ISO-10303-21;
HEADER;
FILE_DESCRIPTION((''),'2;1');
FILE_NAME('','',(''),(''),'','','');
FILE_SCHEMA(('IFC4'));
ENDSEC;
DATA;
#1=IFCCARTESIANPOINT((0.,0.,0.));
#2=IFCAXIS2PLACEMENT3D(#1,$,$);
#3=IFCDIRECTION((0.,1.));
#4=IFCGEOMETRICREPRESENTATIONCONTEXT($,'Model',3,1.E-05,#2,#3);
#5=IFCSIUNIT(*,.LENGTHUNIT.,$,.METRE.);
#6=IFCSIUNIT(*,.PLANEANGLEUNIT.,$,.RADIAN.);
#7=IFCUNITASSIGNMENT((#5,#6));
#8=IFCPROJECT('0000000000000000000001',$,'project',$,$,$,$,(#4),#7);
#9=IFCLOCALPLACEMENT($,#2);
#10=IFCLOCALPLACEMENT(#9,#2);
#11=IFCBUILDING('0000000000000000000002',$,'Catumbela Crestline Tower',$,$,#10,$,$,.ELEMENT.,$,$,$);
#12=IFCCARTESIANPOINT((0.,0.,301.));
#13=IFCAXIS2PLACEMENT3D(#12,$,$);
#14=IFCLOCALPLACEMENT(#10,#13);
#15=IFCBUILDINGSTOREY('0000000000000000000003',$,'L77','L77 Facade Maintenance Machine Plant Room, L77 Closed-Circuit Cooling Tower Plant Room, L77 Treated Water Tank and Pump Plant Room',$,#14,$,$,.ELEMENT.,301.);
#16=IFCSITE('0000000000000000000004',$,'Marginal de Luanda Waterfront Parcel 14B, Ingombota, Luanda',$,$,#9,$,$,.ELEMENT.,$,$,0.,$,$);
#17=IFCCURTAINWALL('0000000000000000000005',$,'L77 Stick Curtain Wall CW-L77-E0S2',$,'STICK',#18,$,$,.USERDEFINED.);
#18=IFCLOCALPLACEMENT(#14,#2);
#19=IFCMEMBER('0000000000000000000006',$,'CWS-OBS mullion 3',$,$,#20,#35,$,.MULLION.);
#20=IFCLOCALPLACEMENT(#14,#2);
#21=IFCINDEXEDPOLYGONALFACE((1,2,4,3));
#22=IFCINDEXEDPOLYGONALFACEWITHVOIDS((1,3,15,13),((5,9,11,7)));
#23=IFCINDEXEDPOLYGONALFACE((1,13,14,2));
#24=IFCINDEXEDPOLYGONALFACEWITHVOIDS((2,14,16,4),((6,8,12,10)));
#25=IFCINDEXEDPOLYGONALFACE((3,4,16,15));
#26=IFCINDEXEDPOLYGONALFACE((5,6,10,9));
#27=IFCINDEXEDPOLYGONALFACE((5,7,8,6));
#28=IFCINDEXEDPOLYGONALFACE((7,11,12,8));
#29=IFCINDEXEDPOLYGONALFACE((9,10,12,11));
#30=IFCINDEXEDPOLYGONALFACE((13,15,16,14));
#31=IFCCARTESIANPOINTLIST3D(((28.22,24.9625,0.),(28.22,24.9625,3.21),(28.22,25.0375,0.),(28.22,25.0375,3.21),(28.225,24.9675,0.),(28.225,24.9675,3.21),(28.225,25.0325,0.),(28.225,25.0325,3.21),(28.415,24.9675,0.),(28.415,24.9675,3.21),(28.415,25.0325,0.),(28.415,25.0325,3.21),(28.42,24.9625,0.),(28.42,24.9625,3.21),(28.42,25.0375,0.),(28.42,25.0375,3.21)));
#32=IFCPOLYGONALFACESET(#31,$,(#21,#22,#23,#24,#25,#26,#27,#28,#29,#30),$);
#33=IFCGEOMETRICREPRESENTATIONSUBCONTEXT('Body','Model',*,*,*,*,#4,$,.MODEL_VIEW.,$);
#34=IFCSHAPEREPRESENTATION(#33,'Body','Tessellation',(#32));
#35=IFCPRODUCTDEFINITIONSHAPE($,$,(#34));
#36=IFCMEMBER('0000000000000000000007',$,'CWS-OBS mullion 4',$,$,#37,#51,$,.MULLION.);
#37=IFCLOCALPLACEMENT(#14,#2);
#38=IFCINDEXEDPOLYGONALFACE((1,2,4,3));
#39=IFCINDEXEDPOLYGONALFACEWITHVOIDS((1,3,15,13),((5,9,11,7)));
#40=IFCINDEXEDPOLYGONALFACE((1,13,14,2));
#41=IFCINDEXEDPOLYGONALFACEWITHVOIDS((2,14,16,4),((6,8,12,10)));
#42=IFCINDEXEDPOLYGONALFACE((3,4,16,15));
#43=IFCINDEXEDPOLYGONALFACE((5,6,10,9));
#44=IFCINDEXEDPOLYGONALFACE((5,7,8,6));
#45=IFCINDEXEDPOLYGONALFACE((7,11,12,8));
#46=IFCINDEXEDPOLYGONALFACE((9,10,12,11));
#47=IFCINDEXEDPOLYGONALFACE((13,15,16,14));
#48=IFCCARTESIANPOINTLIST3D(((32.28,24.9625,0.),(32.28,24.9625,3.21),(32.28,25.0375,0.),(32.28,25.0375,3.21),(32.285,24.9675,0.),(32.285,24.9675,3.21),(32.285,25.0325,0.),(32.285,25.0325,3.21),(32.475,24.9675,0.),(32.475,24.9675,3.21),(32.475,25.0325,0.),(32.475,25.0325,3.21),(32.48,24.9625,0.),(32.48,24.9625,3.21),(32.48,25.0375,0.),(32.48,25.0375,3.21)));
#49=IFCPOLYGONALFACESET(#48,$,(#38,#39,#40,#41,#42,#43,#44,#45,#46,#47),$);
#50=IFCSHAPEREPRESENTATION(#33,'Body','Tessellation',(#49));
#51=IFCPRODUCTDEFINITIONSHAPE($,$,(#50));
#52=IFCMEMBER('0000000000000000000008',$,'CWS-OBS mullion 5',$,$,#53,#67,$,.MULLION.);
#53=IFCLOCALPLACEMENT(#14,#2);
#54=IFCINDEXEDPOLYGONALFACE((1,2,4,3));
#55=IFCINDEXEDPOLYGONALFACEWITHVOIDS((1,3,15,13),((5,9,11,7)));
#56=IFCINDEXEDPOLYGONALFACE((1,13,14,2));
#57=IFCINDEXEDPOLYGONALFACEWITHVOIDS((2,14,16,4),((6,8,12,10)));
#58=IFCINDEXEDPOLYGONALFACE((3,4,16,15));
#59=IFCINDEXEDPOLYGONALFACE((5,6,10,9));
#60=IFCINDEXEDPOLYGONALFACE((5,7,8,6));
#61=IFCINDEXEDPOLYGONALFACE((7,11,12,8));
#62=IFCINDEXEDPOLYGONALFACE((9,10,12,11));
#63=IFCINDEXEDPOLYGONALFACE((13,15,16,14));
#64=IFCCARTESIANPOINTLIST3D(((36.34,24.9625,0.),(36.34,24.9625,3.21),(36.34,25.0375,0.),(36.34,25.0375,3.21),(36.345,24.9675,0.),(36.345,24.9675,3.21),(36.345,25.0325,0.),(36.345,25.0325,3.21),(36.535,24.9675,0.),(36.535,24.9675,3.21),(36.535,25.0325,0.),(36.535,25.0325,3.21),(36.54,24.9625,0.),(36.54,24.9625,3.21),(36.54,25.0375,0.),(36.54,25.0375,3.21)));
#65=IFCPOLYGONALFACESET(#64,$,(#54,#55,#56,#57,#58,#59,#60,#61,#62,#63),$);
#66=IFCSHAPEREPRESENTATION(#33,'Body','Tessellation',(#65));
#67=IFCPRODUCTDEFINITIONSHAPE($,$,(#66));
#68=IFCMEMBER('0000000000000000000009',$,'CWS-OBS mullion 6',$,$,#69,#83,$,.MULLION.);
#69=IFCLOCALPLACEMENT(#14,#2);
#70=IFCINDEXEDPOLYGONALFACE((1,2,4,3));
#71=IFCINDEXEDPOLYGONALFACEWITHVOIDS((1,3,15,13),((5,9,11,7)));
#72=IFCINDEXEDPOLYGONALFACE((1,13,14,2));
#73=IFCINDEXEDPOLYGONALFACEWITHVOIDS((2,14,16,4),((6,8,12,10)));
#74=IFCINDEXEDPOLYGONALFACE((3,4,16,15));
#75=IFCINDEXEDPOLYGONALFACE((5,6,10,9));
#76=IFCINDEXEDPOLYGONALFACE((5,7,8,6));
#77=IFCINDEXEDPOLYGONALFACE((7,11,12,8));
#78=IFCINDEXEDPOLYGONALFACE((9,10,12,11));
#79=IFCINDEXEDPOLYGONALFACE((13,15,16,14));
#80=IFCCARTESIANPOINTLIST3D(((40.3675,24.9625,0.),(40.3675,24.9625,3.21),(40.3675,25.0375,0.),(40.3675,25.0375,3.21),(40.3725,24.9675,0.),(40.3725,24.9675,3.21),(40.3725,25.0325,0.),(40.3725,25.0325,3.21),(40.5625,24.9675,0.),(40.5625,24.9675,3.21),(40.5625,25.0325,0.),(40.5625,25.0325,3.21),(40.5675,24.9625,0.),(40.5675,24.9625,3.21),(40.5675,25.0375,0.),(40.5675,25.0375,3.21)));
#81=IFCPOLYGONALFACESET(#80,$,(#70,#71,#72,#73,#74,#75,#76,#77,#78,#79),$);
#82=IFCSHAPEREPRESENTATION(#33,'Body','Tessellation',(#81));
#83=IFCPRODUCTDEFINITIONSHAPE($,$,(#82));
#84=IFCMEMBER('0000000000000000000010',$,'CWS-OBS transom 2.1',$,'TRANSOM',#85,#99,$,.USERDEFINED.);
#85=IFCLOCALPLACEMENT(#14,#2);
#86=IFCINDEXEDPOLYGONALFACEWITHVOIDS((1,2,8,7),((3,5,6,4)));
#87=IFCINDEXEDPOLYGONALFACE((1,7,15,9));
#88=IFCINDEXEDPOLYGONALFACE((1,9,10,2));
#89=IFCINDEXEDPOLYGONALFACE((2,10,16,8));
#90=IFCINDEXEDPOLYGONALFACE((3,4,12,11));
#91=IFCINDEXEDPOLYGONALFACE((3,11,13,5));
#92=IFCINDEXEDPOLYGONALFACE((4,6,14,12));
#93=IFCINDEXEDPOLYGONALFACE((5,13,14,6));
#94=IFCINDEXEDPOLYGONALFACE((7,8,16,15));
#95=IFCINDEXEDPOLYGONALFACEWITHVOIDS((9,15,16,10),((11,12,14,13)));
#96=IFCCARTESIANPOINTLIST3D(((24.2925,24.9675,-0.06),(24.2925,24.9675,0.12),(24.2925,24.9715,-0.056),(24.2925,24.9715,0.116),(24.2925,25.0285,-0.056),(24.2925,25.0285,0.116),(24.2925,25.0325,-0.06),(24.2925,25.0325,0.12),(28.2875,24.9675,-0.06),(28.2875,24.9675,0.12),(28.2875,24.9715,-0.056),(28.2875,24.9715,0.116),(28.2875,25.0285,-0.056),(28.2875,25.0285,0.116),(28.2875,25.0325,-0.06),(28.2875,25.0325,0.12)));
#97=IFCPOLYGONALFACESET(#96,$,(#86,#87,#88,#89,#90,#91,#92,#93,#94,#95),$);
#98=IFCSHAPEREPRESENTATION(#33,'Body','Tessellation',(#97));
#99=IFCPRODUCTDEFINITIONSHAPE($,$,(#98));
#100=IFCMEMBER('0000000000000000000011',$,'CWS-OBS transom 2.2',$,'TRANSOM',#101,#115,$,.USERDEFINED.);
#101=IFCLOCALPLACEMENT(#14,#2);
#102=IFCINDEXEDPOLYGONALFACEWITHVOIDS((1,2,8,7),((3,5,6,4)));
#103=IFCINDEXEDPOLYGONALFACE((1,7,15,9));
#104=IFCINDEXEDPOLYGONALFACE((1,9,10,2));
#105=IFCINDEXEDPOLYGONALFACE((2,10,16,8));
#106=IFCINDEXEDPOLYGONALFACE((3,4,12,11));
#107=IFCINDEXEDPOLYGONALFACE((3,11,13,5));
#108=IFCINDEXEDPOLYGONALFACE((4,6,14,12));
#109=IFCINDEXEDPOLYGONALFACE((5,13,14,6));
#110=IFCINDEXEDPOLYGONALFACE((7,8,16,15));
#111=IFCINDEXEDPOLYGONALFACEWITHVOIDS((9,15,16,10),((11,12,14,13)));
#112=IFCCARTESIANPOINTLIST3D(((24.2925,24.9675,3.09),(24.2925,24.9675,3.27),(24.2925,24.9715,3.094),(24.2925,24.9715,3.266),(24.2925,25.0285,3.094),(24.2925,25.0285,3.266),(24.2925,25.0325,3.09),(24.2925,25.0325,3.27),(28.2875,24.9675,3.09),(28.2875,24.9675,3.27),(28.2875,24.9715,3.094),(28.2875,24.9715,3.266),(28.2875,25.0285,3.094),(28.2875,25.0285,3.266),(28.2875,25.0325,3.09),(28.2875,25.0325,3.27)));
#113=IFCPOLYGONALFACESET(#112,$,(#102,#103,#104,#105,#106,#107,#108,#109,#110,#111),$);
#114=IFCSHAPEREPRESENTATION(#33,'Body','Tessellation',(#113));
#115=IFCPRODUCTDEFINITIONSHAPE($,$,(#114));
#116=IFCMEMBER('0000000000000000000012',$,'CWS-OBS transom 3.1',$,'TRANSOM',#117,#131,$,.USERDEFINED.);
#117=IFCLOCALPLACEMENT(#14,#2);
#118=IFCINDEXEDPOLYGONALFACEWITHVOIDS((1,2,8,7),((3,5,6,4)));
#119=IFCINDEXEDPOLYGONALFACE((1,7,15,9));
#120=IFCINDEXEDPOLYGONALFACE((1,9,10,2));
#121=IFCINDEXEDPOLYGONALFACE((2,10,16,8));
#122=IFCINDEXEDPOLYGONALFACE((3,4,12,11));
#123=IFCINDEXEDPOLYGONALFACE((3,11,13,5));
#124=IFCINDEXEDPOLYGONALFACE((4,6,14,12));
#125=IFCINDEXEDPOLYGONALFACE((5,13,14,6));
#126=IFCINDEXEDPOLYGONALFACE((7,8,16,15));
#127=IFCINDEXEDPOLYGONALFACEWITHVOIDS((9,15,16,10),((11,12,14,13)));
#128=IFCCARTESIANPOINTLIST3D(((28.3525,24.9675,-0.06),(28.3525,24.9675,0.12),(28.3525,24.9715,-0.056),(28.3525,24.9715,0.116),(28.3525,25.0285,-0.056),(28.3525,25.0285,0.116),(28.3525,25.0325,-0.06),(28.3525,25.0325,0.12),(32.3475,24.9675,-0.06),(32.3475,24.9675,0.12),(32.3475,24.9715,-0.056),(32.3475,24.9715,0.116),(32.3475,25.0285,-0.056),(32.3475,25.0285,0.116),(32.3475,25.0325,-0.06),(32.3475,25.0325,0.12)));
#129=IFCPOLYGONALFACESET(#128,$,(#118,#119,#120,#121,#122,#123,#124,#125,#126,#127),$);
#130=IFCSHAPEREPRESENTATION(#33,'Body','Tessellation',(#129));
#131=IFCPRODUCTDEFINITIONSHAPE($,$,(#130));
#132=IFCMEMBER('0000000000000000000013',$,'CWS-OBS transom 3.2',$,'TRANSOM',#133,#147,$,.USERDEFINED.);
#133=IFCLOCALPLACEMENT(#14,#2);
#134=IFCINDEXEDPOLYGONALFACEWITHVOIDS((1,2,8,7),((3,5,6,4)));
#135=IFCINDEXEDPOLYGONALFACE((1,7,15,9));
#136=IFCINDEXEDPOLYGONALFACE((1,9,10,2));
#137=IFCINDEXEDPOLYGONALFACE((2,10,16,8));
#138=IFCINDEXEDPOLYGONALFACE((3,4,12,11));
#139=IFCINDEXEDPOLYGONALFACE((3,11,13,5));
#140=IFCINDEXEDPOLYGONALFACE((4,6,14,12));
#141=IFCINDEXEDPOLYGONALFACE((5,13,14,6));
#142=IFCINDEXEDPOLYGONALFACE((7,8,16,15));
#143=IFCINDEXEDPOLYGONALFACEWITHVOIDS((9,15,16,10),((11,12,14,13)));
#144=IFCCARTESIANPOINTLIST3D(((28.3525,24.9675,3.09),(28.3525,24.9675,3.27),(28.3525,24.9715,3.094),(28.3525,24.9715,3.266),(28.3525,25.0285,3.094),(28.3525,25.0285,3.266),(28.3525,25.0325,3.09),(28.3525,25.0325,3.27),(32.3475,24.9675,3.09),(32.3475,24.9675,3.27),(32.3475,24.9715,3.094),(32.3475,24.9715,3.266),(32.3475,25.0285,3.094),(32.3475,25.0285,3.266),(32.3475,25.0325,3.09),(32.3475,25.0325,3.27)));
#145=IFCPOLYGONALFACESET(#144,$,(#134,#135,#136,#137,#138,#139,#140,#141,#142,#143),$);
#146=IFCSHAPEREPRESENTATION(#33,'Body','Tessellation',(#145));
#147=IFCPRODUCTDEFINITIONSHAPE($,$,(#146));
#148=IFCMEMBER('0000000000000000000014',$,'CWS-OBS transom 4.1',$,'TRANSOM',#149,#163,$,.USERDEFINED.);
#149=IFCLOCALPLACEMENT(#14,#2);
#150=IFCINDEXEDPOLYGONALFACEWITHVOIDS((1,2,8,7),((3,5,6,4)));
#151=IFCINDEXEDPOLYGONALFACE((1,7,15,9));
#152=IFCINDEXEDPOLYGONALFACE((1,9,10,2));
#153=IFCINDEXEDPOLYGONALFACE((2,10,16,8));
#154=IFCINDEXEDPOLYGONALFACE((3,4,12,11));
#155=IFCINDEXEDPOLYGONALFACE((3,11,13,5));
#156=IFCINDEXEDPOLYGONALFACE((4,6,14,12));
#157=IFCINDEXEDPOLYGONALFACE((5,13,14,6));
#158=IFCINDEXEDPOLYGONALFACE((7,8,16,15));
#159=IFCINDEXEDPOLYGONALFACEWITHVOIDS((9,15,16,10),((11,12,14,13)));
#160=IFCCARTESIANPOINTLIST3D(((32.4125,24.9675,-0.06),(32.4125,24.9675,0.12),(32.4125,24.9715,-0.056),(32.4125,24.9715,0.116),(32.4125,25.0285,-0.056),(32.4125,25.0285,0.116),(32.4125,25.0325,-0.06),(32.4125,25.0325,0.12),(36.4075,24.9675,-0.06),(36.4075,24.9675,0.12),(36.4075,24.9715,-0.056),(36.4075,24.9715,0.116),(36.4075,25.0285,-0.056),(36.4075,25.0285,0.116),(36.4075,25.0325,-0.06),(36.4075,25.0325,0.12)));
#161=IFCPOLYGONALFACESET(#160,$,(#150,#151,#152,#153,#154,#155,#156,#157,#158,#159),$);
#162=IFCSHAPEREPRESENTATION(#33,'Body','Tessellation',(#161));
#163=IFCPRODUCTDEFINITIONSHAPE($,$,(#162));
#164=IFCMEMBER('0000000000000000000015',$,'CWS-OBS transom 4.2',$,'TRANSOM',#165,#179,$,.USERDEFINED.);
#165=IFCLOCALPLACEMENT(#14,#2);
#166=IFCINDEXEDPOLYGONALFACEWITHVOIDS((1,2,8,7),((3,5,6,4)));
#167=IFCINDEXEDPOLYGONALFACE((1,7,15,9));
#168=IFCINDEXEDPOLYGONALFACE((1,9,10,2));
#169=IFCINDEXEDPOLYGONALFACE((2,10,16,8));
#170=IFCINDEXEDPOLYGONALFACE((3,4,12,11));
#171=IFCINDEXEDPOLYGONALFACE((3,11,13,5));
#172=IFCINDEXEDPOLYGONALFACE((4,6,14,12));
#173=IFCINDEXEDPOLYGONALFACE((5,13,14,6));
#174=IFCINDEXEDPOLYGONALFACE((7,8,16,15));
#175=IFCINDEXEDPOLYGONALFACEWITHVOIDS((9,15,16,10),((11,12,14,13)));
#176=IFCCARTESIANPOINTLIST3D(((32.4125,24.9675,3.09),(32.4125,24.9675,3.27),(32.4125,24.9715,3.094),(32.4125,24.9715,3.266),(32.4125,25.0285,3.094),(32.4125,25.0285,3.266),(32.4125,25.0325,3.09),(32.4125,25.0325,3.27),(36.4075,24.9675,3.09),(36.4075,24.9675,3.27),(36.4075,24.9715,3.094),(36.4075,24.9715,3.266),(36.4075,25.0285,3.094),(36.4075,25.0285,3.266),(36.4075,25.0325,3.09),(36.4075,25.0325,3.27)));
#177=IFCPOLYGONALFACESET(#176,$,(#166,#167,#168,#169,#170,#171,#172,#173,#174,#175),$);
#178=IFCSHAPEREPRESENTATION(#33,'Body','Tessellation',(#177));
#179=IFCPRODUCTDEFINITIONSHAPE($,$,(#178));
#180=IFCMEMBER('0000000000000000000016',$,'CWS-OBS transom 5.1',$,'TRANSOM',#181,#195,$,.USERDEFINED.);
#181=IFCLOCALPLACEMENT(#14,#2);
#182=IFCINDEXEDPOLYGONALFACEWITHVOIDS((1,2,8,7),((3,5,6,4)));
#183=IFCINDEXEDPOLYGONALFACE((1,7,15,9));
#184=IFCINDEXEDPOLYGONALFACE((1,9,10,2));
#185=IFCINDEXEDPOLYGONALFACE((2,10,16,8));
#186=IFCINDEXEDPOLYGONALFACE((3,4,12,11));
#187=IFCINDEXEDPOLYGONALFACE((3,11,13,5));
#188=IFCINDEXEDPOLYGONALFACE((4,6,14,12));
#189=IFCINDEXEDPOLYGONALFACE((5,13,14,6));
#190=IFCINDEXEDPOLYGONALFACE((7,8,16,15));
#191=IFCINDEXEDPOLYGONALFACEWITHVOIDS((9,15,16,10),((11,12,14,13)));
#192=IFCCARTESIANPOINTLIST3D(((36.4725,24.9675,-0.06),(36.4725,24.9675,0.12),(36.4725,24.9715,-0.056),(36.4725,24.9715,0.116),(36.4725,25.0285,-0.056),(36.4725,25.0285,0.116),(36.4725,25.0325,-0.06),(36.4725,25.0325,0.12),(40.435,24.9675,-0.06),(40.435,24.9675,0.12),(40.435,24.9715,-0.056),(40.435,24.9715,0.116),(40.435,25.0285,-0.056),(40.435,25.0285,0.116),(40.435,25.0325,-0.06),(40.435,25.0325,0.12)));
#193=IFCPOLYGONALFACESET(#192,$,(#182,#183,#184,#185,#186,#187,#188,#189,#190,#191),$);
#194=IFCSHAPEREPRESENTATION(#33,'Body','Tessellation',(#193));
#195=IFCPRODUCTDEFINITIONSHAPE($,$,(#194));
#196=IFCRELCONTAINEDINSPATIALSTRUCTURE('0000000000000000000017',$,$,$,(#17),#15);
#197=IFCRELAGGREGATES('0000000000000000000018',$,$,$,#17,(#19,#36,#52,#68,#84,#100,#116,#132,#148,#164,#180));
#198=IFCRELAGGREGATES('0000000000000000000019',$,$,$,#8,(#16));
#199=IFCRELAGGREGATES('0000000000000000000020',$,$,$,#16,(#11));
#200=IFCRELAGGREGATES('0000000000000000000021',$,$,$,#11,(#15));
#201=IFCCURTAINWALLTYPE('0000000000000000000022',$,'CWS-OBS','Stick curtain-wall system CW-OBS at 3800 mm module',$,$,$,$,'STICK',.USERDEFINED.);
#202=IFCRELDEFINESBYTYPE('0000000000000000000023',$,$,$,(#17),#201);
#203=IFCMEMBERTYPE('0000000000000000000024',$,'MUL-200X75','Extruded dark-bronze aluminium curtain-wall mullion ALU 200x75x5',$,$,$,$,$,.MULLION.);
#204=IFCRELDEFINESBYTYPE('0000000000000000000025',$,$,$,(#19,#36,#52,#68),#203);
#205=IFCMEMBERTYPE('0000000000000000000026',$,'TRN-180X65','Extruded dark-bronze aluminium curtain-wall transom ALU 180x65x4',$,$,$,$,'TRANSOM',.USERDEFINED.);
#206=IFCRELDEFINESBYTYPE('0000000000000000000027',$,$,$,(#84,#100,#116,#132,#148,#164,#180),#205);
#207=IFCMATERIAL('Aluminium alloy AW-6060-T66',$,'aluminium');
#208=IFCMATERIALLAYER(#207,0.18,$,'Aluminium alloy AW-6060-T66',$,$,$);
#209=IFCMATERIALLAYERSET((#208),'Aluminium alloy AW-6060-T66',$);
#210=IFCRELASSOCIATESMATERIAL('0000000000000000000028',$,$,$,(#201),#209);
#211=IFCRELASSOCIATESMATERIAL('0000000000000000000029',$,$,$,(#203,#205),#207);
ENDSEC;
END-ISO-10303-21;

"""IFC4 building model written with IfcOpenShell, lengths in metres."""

from ifc_helpers import new_model, si_unit, direction, frame, origin, origin_2d, place, context, subcontext, project, spatial, hollow_rectangle, extrude, material, layer, layer_set, material_profile, profile_set, type_object, element, aggregate, save


model = new_model("IFC4")

# Units and contexts
model_context = context("Model", 3, precision=1e-05, world=origin(), true_north=direction((0.0, 1.0)))
body_context = subcontext(model_context, "Body", "Model", "MODEL_VIEW")
ifc_project = project(units=[si_unit("LENGTHUNIT", "METRE"), si_unit("PLANEANGLEUNIT", "RADIAN")], contexts=[model_context])

# Site, building, storey
site_placement = place(None, origin())
site = spatial("IfcSite", under=ifc_project, at=site_placement, Name="Marginal de Luanda Waterfront Parcel 14B, Ingombota, Luanda", CompositionType="ELEMENT", RefElevation=0.0)
building_placement = place(site_placement, origin())
building = spatial("IfcBuilding", under=site, at=building_placement, Name="Catumbela Crestline Tower", CompositionType="ELEMENT")
storey_placement = place(building_placement, frame((0.0, 0.0, 301.0)))
storey = spatial("IfcBuildingStorey", under=building, at=storey_placement, Name="L77", Description="L77 Facade Maintenance Machine Plant Room, L77 Closed-Circuit Cooling Tower Plant Room, L77 Treated Water Tank and Pump Plant Room", CompositionType="ELEMENT", Elevation=301.0)

# Curtain wall, members
ifc_material_1 = material(Name="Aluminium alloy AW-6060-T66", Category="aluminium")
ifc_layer_1 = layer(ifc_material_1, 0.18, Name="Aluminium alloy AW-6060-T66")
ifc_layer_set_1 = layer_set([ifc_layer_1], Name="Aluminium alloy AW-6060-T66")
curtain_wall_type = type_object("IfcCurtainWallType", Name="CWS-OBS", Description="Stick curtain-wall system CW-OBS at 3800 mm module", ElementType="STICK", PredefinedType="USERDEFINED", material=ifc_layer_set_1)
curtain_wall_placement = place(storey_placement, origin())
curtain_wall = element("IfcCurtainWall", 1, at=curtain_wall_placement, inside=storey, type_object=curtain_wall_type, Name="L77 Stick Curtain Wall CW-L77-E0S2", ObjectType="STICK", PredefinedType="USERDEFINED")
ifc_material_profile_1 = material_profile(ifc_material_1, hollow_rectangle(XDim=0.075, YDim=0.2, WallThickness=0.005, at=origin_2d()), Name="ALU 200x75x5")
ifc_profile_set_1 = profile_set([ifc_material_profile_1], Name="Aluminium alloy AW-6060-T66")
member_type_1 = type_object("IfcMemberType", Name="MUL-200X75", Description="Extruded dark-bronze aluminium curtain-wall mullion ALU 200x75x5", PredefinedType="MULLION", material=ifc_profile_set_1)
member_1_placement = place(storey_placement, frame((28.32, 25.0, 0.0), z_axis=(0.0, 0.0, 1.0), x_axis=(0.0, 1.0, 0.0)))
member_1 = element("IfcMember", 2, at=member_1_placement, type_object=member_type_1, Name="CWS-OBS mullion 3", PredefinedType="MULLION", context=body_context, shape_type="SweptSolid", body=[
    extrude(hollow_rectangle(XDim=0.075, YDim=0.2, WallThickness=0.005, at=origin_2d()), origin(), (0.0, 0.0, 1.0), 3.21),
])
member_2_placement = place(storey_placement, frame((32.38, 25.0, 0.0), z_axis=(0.0, 0.0, 1.0), x_axis=(0.0, 1.0, 0.0)))
member_2 = element("IfcMember", 3, at=member_2_placement, type_object=member_type_1, Name="CWS-OBS mullion 4", PredefinedType="MULLION", context=body_context, shape_type="SweptSolid", body=[
    extrude(hollow_rectangle(XDim=0.075, YDim=0.2, WallThickness=0.005, at=origin_2d()), origin(), (0.0, 0.0, 1.0), 3.21),
])
member_3_placement = place(storey_placement, frame((36.44, 25.0, 0.0), z_axis=(0.0, 0.0, 1.0), x_axis=(0.0, 1.0, 0.0)))
member_3 = element("IfcMember", 4, at=member_3_placement, type_object=member_type_1, Name="CWS-OBS mullion 5", PredefinedType="MULLION", context=body_context, shape_type="SweptSolid", body=[
    extrude(hollow_rectangle(XDim=0.075, YDim=0.2, WallThickness=0.005, at=origin_2d()), origin(), (0.0, 0.0, 1.0), 3.21),
])
member_4_placement = place(storey_placement, frame((40.4675, 25.0, 0.0), z_axis=(0.0, 0.0, 1.0), x_axis=(0.0, 1.0, 0.0)))
member_4 = element("IfcMember", 5, at=member_4_placement, type_object=member_type_1, Name="CWS-OBS mullion 6", PredefinedType="MULLION", context=body_context, shape_type="SweptSolid", body=[
    extrude(hollow_rectangle(XDim=0.075, YDim=0.2, WallThickness=0.005, at=origin_2d()), origin(), (0.0, 0.0, 1.0), 3.21),
])
ifc_material_profile_2 = material_profile(ifc_material_1, hollow_rectangle(XDim=0.065, YDim=0.18, WallThickness=0.004, at=origin_2d()), Name="ALU 180x65x4")
ifc_profile_set_2 = profile_set([ifc_material_profile_2], Name="Aluminium alloy AW-6060-T66")
member_type_2 = type_object("IfcMemberType", Name="TRN-180X65", Description="Extruded dark-bronze aluminium curtain-wall transom ALU 180x65x4", ElementType="TRANSOM", PredefinedType="USERDEFINED", material=ifc_profile_set_2)
member_5_placement = place(storey_placement, frame((24.2925, 25.0, 0.03), z_axis=(1.0, 0.0, 0.0), x_axis=(0.0, 1.0, 0.0)))
member_5 = element("IfcMember", 6, at=member_5_placement, type_object=member_type_2, Name="CWS-OBS transom 2.1", ObjectType="TRANSOM", PredefinedType="USERDEFINED", context=body_context, shape_type="SweptSolid", body=[
    extrude(hollow_rectangle(XDim=0.065, YDim=0.18, WallThickness=0.004, at=origin_2d()), origin(), (0.0, 0.0, 1.0), 3.995),
])
member_6_placement = place(storey_placement, frame((24.2925, 25.0, 3.18), z_axis=(1.0, 0.0, 0.0), x_axis=(0.0, 1.0, 0.0)))
member_6 = element("IfcMember", 7, at=member_6_placement, type_object=member_type_2, Name="CWS-OBS transom 2.2", ObjectType="TRANSOM", PredefinedType="USERDEFINED", context=body_context, shape_type="SweptSolid", body=[
    extrude(hollow_rectangle(XDim=0.065, YDim=0.18, WallThickness=0.004, at=origin_2d()), origin(), (0.0, 0.0, 1.0), 3.995),
])
member_7_placement = place(storey_placement, frame((28.3525, 25.0, 0.03), z_axis=(1.0, 0.0, 0.0), x_axis=(0.0, 1.0, 0.0)))
member_7 = element("IfcMember", 8, at=member_7_placement, type_object=member_type_2, Name="CWS-OBS transom 3.1", ObjectType="TRANSOM", PredefinedType="USERDEFINED", context=body_context, shape_type="SweptSolid", body=[
    extrude(hollow_rectangle(XDim=0.065, YDim=0.18, WallThickness=0.004, at=origin_2d()), origin(), (0.0, 0.0, 1.0), 3.995),
])
member_8_placement = place(storey_placement, frame((28.3525, 25.0, 3.18), z_axis=(1.0, 0.0, 0.0), x_axis=(0.0, 1.0, 0.0)))
member_8 = element("IfcMember", 9, at=member_8_placement, type_object=member_type_2, Name="CWS-OBS transom 3.2", ObjectType="TRANSOM", PredefinedType="USERDEFINED", context=body_context, shape_type="SweptSolid", body=[
    extrude(hollow_rectangle(XDim=0.065, YDim=0.18, WallThickness=0.004, at=origin_2d()), origin(), (0.0, 0.0, 1.0), 3.995),
])
member_9_placement = place(storey_placement, frame((32.4125, 25.0, 0.03), z_axis=(1.0, 0.0, 0.0), x_axis=(0.0, 1.0, 0.0)))
member_9 = element("IfcMember", 10, at=member_9_placement, type_object=member_type_2, Name="CWS-OBS transom 4.1", ObjectType="TRANSOM", PredefinedType="USERDEFINED", context=body_context, shape_type="SweptSolid", body=[
    extrude(hollow_rectangle(XDim=0.065, YDim=0.18, WallThickness=0.004, at=origin_2d()), origin(), (0.0, 0.0, 1.0), 3.995),
])
member_10_placement = place(storey_placement, frame((32.4125, 25.0, 3.18), z_axis=(1.0, 0.0, 0.0), x_axis=(0.0, 1.0, 0.0)))
member_10 = element("IfcMember", 11, at=member_10_placement, type_object=member_type_2, Name="CWS-OBS transom 4.2", ObjectType="TRANSOM", PredefinedType="USERDEFINED", context=body_context, shape_type="SweptSolid", body=[
    extrude(hollow_rectangle(XDim=0.065, YDim=0.18, WallThickness=0.004, at=origin_2d()), origin(), (0.0, 0.0, 1.0), 3.995),
])
member_11_placement = place(storey_placement, frame((36.4725, 25.0, 0.03), z_axis=(1.0, 0.0, 0.0), x_axis=(0.0, 1.0, 0.0)))
member_11 = element("IfcMember", 12, at=member_11_placement, type_object=member_type_2, Name="CWS-OBS transom 5.1", ObjectType="TRANSOM", PredefinedType="USERDEFINED", context=body_context, shape_type="SweptSolid", body=[
    extrude(hollow_rectangle(XDim=0.065, YDim=0.18, WallThickness=0.004, at=origin_2d()), origin(), (0.0, 0.0, 1.0), 3.9625),
])
aggregate(curtain_wall, [member_1, member_2, member_3, member_4, member_5, member_6, member_7, member_8, member_9, member_10, member_11])

save(model, "model.ifc")
